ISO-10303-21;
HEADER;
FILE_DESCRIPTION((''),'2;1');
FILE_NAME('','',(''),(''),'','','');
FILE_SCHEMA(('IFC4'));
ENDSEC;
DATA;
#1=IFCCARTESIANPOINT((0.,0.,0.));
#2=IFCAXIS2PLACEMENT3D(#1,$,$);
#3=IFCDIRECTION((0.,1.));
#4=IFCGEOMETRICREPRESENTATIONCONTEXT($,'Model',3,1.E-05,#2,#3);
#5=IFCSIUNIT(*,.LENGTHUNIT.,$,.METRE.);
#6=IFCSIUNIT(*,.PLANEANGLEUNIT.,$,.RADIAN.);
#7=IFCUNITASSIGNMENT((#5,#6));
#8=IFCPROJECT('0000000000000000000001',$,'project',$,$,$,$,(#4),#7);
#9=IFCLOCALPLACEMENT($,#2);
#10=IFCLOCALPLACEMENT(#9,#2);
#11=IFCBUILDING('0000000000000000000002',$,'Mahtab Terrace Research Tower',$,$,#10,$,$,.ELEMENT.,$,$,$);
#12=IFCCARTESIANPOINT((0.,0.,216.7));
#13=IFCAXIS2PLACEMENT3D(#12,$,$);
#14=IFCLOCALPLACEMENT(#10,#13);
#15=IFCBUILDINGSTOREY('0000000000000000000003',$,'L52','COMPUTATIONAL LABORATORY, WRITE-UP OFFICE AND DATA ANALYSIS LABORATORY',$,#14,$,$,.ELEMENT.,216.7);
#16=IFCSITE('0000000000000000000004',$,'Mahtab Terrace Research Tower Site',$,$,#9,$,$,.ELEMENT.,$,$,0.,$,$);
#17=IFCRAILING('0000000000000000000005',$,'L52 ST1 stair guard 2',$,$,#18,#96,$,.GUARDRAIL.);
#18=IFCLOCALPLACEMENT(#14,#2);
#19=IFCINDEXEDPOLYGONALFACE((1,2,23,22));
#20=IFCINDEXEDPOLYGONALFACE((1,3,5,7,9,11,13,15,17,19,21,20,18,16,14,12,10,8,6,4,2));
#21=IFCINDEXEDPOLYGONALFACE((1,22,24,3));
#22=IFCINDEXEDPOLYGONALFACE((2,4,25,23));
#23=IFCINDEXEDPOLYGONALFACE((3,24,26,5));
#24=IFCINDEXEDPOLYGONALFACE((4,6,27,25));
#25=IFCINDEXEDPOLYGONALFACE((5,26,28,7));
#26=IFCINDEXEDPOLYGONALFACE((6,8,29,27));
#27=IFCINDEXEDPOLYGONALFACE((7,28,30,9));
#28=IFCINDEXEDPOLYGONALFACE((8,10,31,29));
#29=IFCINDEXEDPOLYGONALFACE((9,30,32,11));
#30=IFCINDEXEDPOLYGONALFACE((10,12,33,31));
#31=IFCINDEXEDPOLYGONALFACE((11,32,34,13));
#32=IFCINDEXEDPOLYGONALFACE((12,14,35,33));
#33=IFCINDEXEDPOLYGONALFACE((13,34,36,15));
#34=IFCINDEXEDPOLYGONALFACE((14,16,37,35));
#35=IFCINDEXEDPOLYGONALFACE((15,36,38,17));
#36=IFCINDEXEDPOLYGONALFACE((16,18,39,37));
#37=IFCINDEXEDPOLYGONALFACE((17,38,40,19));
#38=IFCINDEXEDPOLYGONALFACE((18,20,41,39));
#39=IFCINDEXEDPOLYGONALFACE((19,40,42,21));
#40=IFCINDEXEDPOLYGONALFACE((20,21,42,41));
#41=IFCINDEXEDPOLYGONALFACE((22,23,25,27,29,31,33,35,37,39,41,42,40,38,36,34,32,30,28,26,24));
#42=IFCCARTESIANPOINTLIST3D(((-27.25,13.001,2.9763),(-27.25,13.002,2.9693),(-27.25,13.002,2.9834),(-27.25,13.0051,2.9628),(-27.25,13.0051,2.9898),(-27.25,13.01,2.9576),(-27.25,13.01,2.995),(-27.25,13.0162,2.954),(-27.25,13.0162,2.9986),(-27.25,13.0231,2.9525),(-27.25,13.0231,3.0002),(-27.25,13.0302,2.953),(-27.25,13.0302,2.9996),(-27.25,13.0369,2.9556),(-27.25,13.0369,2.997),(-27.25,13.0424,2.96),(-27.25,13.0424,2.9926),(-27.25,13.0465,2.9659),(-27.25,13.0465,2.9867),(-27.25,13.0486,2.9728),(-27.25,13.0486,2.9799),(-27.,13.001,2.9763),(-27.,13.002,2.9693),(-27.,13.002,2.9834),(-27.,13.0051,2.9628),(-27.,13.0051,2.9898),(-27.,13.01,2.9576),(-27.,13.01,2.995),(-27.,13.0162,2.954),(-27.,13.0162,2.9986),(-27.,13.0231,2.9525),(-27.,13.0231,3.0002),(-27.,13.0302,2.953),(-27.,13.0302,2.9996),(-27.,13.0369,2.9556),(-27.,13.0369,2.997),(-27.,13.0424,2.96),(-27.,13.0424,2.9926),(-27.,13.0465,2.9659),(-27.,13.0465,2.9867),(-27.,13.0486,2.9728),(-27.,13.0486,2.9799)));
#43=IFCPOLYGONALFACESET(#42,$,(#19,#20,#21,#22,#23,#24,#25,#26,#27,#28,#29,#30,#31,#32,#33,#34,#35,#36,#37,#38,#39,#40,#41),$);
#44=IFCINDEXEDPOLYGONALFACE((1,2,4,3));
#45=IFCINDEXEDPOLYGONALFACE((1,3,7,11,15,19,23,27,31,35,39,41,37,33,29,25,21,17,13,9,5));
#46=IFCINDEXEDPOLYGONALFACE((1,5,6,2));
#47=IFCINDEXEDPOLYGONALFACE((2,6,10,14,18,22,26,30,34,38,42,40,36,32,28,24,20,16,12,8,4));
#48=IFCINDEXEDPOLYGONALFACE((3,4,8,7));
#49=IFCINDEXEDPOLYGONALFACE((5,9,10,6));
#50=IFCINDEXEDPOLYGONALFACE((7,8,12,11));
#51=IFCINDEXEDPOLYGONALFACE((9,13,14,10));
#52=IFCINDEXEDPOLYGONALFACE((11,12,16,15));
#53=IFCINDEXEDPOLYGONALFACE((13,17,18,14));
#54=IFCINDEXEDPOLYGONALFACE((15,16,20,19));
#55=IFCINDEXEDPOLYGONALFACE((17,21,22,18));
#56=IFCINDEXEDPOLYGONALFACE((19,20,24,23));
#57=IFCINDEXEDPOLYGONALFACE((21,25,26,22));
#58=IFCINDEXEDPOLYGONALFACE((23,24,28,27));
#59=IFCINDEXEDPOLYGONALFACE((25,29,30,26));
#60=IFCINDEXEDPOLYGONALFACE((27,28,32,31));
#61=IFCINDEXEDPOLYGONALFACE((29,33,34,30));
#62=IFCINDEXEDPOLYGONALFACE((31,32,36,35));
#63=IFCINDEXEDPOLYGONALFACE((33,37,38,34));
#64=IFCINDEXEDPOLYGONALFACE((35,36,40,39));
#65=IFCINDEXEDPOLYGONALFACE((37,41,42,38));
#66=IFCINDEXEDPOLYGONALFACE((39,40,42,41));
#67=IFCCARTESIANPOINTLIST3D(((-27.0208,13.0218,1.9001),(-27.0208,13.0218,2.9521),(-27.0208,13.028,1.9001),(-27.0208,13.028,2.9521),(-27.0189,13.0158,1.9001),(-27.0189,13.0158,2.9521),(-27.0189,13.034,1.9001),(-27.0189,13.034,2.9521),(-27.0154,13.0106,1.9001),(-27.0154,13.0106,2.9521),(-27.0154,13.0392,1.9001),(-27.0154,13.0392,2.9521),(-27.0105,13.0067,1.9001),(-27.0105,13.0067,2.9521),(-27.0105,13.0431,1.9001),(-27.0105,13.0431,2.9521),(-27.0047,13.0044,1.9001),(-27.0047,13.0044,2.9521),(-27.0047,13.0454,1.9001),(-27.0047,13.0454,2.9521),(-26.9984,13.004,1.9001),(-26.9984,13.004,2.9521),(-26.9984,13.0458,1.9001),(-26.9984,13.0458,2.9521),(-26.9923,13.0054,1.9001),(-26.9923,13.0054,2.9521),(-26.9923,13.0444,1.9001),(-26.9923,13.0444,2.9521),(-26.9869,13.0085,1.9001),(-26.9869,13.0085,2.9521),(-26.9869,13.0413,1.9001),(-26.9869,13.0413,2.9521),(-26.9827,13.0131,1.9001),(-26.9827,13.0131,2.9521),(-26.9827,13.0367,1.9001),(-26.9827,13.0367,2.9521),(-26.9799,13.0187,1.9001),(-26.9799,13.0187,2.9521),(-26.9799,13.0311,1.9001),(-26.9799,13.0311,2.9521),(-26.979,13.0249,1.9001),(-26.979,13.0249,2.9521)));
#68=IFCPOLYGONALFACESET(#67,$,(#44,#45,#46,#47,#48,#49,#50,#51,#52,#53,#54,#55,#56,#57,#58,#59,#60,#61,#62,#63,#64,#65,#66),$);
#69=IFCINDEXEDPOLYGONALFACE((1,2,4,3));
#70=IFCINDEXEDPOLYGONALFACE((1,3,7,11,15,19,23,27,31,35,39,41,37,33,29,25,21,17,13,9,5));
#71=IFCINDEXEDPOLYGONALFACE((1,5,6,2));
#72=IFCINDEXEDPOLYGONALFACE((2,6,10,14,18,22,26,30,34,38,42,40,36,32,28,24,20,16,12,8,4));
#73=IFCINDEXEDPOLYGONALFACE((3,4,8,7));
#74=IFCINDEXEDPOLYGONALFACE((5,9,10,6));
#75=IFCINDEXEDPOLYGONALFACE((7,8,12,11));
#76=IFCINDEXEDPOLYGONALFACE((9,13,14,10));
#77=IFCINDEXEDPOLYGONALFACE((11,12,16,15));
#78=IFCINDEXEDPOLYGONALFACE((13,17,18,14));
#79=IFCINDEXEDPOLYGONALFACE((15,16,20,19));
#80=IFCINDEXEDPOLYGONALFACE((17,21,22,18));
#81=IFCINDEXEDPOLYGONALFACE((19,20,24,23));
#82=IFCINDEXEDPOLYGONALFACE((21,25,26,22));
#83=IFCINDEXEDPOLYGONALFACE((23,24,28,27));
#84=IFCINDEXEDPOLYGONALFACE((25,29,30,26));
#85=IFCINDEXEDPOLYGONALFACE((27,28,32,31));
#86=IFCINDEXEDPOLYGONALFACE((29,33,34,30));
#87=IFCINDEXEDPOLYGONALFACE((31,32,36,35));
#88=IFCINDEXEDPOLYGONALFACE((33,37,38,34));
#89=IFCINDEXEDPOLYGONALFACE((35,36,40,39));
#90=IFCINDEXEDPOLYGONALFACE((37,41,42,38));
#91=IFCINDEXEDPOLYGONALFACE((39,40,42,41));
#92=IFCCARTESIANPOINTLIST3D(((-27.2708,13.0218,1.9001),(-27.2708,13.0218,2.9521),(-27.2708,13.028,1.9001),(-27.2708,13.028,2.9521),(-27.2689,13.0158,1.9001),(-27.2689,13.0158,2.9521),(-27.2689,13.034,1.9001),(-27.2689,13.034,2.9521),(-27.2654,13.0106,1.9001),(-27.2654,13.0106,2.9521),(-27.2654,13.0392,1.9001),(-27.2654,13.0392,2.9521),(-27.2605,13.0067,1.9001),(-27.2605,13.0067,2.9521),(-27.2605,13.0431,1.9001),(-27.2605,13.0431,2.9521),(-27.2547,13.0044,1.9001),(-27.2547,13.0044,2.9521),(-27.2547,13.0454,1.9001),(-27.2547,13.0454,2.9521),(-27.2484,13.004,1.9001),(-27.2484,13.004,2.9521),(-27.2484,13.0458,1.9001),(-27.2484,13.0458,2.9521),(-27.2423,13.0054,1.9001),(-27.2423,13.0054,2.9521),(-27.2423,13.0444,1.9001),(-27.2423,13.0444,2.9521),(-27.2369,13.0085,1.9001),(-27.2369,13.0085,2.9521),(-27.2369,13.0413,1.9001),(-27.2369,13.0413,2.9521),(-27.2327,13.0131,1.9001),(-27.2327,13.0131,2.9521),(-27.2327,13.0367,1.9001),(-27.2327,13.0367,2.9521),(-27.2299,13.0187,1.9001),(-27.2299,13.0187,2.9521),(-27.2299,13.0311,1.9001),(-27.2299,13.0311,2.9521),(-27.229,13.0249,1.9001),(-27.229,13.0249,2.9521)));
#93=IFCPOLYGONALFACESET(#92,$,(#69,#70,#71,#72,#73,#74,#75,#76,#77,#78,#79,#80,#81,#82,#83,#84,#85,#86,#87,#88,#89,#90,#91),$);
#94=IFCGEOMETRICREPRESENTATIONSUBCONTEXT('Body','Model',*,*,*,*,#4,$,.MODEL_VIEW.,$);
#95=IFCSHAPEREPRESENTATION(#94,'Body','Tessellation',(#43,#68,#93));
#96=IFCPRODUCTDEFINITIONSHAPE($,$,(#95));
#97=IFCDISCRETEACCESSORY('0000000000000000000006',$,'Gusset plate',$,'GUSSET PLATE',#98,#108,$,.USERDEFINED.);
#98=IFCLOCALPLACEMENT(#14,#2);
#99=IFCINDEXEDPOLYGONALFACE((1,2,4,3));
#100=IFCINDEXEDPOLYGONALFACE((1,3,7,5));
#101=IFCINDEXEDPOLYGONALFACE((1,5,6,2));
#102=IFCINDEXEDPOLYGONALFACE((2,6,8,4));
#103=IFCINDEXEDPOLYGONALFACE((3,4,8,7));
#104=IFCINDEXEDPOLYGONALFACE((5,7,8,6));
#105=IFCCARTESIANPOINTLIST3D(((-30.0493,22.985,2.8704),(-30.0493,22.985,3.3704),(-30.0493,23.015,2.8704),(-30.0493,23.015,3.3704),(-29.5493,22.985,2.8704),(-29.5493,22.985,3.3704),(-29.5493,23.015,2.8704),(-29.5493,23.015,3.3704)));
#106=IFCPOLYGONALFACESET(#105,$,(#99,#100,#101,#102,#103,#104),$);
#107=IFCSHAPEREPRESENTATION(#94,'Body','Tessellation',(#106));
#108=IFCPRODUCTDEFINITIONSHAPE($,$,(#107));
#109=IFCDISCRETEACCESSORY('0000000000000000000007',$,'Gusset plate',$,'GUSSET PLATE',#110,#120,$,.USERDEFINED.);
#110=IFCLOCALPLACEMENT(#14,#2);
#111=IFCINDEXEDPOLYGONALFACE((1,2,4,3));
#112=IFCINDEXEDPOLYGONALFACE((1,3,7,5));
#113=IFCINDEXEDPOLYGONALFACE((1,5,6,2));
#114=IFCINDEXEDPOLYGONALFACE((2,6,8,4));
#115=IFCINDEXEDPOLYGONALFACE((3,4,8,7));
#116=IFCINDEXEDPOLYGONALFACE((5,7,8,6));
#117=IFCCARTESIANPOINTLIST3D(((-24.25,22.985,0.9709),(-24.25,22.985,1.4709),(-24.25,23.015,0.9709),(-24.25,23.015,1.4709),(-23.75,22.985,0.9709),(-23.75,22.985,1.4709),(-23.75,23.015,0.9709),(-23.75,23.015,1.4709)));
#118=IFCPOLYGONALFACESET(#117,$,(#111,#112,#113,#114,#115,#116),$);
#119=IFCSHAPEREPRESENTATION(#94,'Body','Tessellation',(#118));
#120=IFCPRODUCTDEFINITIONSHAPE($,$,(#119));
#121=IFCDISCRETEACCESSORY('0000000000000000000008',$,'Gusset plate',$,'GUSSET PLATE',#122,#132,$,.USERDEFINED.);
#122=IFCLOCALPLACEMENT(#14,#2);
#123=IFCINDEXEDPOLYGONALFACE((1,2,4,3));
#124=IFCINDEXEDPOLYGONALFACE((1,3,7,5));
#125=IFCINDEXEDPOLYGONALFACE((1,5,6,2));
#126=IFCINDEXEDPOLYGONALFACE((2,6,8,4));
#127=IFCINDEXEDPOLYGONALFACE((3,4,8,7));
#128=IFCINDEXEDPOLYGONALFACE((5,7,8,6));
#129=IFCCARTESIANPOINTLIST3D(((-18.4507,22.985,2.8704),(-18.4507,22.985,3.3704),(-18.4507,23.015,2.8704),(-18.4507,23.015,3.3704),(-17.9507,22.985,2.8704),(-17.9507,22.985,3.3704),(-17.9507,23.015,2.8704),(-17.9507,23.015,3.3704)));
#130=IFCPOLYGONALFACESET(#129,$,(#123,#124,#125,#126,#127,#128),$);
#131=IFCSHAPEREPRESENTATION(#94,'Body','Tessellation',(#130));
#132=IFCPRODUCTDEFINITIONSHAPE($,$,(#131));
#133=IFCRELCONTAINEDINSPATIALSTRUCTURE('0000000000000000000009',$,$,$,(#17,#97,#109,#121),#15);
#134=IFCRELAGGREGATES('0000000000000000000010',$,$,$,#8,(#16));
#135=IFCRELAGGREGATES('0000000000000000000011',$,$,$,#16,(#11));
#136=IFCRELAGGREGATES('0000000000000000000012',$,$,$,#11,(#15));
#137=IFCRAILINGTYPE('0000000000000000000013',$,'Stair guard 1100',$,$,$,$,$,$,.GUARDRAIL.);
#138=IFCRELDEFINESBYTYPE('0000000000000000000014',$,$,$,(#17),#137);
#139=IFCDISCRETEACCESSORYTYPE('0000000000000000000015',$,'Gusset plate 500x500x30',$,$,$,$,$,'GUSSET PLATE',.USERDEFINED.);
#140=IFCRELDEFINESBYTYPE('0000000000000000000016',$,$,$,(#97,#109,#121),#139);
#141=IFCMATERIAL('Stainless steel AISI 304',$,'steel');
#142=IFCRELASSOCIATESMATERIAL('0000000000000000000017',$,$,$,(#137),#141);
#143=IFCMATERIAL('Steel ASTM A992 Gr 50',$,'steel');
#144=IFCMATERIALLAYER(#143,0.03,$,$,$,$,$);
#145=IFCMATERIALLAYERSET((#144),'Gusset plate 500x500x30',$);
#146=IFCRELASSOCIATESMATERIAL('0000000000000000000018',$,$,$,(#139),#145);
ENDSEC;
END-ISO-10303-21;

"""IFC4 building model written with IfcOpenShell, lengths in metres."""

from ifc_helpers import new_model, si_unit, direction, frame, origin, origin_2d, place, context, subcontext, project, spatial, rectangle, circle, extrude, material, layer, layer_set, type_object, element, save


model = new_model("IFC4")

# Units and contexts
model_context = context("Model", 3, precision=1e-05, world=origin(), true_north=direction((0.0, 1.0)))
body_context = subcontext(model_context, "Body", "Model", "MODEL_VIEW")
ifc_project = project(units=[si_unit("LENGTHUNIT", "METRE"), si_unit("PLANEANGLEUNIT", "RADIAN")], contexts=[model_context])

# Site, building, storey
site_placement = place(None, origin())
site = spatial("IfcSite", under=ifc_project, at=site_placement, Name="Mahtab Terrace Research Tower Site", CompositionType="ELEMENT", RefElevation=0.0)
building_placement = place(site_placement, origin())
building = spatial("IfcBuilding", under=site, at=building_placement, Name="Mahtab Terrace Research Tower", CompositionType="ELEMENT")
storey_placement = place(building_placement, frame((0.0, 0.0, 216.7)))
storey = spatial("IfcBuildingStorey", under=building, at=storey_placement, Name="L52", Description="COMPUTATIONAL LABORATORY, WRITE-UP OFFICE AND DATA ANALYSIS LABORATORY", CompositionType="ELEMENT", Elevation=216.7)

# Shared definitions
ifc_material_1 = material(Name="Steel ASTM A992 Gr 50", Category="steel")

# Railing
ifc_material_2 = material(Name="Stainless steel AISI 304", Category="steel")
railing_type = type_object("IfcRailingType", Name="Stair guard 1100", PredefinedType="GUARDRAIL", material=ifc_material_2)
railing_placement = place(storey_placement, frame((-27.0, 13.0249, 1.9001)))
element("IfcRailing", 1, at=railing_placement, inside=storey, type_object=railing_type, Name="L52 ST1 stair guard 2", PredefinedType="GUARDRAIL", context=body_context, shape_type="SweptSolid", body=[
    extrude(circle(Radius=0.0239, at=origin_2d()), frame((0.0, 0.0, 1.0762), z_axis=(-1.0, 0.0, 0.0), x_axis=(0.0, -1.0, 0.0)), (0.0, 0.0, 1.0), 0.25),
    extrude(circle(Radius=0.021, at=origin_2d()), origin(), (0.0, 0.0, 1.0), 1.052),
    extrude(circle(Radius=0.021, at=origin_2d()), frame((-0.25, 0.0, 0.0)), (0.0, 0.0, 1.0), 1.052),
])

# Discrete accessories
ifc_layer_1 = layer(ifc_material_1, 0.03)
ifc_layer_set_1 = layer_set([ifc_layer_1], Name="Gusset plate 500x500x30")
discrete_accessory_type = type_object("IfcDiscreteAccessoryType", Name="Gusset plate 500x500x30", ElementType="GUSSET PLATE", PredefinedType="USERDEFINED", material=ifc_layer_set_1)
for number, where, z_axis, x_axis, name in (
    (2, (-29.7993, 23.0, 2.8704), (0.0, 0.0, 1.0), (1.0, 0.0, 0.0), "Gusset plate"),
    (3, (-24.0, 23.0, 0.9709), (0.0, 0.0, 1.0), (1.0, 0.0, 0.0), "Gusset plate"),
    (4, (-18.2007, 23.0, 2.8704), (0.0, 0.0, 1.0), (1.0, 0.0, 0.0), "Gusset plate"),
):
    element("IfcDiscreteAccessory", number, at=place(storey_placement, frame(where, z_axis=z_axis, x_axis=x_axis)), inside=storey, type_object=discrete_accessory_type, Name=name, ObjectType="GUSSET PLATE", PredefinedType="USERDEFINED", context=body_context, shape_type="SweptSolid", body=[
        extrude(rectangle(XDim=0.5, YDim=0.03, at=origin_2d()), origin(), (0.0, 0.0, 1.0), 0.5),
    ])

save(model, "model.ifc")
